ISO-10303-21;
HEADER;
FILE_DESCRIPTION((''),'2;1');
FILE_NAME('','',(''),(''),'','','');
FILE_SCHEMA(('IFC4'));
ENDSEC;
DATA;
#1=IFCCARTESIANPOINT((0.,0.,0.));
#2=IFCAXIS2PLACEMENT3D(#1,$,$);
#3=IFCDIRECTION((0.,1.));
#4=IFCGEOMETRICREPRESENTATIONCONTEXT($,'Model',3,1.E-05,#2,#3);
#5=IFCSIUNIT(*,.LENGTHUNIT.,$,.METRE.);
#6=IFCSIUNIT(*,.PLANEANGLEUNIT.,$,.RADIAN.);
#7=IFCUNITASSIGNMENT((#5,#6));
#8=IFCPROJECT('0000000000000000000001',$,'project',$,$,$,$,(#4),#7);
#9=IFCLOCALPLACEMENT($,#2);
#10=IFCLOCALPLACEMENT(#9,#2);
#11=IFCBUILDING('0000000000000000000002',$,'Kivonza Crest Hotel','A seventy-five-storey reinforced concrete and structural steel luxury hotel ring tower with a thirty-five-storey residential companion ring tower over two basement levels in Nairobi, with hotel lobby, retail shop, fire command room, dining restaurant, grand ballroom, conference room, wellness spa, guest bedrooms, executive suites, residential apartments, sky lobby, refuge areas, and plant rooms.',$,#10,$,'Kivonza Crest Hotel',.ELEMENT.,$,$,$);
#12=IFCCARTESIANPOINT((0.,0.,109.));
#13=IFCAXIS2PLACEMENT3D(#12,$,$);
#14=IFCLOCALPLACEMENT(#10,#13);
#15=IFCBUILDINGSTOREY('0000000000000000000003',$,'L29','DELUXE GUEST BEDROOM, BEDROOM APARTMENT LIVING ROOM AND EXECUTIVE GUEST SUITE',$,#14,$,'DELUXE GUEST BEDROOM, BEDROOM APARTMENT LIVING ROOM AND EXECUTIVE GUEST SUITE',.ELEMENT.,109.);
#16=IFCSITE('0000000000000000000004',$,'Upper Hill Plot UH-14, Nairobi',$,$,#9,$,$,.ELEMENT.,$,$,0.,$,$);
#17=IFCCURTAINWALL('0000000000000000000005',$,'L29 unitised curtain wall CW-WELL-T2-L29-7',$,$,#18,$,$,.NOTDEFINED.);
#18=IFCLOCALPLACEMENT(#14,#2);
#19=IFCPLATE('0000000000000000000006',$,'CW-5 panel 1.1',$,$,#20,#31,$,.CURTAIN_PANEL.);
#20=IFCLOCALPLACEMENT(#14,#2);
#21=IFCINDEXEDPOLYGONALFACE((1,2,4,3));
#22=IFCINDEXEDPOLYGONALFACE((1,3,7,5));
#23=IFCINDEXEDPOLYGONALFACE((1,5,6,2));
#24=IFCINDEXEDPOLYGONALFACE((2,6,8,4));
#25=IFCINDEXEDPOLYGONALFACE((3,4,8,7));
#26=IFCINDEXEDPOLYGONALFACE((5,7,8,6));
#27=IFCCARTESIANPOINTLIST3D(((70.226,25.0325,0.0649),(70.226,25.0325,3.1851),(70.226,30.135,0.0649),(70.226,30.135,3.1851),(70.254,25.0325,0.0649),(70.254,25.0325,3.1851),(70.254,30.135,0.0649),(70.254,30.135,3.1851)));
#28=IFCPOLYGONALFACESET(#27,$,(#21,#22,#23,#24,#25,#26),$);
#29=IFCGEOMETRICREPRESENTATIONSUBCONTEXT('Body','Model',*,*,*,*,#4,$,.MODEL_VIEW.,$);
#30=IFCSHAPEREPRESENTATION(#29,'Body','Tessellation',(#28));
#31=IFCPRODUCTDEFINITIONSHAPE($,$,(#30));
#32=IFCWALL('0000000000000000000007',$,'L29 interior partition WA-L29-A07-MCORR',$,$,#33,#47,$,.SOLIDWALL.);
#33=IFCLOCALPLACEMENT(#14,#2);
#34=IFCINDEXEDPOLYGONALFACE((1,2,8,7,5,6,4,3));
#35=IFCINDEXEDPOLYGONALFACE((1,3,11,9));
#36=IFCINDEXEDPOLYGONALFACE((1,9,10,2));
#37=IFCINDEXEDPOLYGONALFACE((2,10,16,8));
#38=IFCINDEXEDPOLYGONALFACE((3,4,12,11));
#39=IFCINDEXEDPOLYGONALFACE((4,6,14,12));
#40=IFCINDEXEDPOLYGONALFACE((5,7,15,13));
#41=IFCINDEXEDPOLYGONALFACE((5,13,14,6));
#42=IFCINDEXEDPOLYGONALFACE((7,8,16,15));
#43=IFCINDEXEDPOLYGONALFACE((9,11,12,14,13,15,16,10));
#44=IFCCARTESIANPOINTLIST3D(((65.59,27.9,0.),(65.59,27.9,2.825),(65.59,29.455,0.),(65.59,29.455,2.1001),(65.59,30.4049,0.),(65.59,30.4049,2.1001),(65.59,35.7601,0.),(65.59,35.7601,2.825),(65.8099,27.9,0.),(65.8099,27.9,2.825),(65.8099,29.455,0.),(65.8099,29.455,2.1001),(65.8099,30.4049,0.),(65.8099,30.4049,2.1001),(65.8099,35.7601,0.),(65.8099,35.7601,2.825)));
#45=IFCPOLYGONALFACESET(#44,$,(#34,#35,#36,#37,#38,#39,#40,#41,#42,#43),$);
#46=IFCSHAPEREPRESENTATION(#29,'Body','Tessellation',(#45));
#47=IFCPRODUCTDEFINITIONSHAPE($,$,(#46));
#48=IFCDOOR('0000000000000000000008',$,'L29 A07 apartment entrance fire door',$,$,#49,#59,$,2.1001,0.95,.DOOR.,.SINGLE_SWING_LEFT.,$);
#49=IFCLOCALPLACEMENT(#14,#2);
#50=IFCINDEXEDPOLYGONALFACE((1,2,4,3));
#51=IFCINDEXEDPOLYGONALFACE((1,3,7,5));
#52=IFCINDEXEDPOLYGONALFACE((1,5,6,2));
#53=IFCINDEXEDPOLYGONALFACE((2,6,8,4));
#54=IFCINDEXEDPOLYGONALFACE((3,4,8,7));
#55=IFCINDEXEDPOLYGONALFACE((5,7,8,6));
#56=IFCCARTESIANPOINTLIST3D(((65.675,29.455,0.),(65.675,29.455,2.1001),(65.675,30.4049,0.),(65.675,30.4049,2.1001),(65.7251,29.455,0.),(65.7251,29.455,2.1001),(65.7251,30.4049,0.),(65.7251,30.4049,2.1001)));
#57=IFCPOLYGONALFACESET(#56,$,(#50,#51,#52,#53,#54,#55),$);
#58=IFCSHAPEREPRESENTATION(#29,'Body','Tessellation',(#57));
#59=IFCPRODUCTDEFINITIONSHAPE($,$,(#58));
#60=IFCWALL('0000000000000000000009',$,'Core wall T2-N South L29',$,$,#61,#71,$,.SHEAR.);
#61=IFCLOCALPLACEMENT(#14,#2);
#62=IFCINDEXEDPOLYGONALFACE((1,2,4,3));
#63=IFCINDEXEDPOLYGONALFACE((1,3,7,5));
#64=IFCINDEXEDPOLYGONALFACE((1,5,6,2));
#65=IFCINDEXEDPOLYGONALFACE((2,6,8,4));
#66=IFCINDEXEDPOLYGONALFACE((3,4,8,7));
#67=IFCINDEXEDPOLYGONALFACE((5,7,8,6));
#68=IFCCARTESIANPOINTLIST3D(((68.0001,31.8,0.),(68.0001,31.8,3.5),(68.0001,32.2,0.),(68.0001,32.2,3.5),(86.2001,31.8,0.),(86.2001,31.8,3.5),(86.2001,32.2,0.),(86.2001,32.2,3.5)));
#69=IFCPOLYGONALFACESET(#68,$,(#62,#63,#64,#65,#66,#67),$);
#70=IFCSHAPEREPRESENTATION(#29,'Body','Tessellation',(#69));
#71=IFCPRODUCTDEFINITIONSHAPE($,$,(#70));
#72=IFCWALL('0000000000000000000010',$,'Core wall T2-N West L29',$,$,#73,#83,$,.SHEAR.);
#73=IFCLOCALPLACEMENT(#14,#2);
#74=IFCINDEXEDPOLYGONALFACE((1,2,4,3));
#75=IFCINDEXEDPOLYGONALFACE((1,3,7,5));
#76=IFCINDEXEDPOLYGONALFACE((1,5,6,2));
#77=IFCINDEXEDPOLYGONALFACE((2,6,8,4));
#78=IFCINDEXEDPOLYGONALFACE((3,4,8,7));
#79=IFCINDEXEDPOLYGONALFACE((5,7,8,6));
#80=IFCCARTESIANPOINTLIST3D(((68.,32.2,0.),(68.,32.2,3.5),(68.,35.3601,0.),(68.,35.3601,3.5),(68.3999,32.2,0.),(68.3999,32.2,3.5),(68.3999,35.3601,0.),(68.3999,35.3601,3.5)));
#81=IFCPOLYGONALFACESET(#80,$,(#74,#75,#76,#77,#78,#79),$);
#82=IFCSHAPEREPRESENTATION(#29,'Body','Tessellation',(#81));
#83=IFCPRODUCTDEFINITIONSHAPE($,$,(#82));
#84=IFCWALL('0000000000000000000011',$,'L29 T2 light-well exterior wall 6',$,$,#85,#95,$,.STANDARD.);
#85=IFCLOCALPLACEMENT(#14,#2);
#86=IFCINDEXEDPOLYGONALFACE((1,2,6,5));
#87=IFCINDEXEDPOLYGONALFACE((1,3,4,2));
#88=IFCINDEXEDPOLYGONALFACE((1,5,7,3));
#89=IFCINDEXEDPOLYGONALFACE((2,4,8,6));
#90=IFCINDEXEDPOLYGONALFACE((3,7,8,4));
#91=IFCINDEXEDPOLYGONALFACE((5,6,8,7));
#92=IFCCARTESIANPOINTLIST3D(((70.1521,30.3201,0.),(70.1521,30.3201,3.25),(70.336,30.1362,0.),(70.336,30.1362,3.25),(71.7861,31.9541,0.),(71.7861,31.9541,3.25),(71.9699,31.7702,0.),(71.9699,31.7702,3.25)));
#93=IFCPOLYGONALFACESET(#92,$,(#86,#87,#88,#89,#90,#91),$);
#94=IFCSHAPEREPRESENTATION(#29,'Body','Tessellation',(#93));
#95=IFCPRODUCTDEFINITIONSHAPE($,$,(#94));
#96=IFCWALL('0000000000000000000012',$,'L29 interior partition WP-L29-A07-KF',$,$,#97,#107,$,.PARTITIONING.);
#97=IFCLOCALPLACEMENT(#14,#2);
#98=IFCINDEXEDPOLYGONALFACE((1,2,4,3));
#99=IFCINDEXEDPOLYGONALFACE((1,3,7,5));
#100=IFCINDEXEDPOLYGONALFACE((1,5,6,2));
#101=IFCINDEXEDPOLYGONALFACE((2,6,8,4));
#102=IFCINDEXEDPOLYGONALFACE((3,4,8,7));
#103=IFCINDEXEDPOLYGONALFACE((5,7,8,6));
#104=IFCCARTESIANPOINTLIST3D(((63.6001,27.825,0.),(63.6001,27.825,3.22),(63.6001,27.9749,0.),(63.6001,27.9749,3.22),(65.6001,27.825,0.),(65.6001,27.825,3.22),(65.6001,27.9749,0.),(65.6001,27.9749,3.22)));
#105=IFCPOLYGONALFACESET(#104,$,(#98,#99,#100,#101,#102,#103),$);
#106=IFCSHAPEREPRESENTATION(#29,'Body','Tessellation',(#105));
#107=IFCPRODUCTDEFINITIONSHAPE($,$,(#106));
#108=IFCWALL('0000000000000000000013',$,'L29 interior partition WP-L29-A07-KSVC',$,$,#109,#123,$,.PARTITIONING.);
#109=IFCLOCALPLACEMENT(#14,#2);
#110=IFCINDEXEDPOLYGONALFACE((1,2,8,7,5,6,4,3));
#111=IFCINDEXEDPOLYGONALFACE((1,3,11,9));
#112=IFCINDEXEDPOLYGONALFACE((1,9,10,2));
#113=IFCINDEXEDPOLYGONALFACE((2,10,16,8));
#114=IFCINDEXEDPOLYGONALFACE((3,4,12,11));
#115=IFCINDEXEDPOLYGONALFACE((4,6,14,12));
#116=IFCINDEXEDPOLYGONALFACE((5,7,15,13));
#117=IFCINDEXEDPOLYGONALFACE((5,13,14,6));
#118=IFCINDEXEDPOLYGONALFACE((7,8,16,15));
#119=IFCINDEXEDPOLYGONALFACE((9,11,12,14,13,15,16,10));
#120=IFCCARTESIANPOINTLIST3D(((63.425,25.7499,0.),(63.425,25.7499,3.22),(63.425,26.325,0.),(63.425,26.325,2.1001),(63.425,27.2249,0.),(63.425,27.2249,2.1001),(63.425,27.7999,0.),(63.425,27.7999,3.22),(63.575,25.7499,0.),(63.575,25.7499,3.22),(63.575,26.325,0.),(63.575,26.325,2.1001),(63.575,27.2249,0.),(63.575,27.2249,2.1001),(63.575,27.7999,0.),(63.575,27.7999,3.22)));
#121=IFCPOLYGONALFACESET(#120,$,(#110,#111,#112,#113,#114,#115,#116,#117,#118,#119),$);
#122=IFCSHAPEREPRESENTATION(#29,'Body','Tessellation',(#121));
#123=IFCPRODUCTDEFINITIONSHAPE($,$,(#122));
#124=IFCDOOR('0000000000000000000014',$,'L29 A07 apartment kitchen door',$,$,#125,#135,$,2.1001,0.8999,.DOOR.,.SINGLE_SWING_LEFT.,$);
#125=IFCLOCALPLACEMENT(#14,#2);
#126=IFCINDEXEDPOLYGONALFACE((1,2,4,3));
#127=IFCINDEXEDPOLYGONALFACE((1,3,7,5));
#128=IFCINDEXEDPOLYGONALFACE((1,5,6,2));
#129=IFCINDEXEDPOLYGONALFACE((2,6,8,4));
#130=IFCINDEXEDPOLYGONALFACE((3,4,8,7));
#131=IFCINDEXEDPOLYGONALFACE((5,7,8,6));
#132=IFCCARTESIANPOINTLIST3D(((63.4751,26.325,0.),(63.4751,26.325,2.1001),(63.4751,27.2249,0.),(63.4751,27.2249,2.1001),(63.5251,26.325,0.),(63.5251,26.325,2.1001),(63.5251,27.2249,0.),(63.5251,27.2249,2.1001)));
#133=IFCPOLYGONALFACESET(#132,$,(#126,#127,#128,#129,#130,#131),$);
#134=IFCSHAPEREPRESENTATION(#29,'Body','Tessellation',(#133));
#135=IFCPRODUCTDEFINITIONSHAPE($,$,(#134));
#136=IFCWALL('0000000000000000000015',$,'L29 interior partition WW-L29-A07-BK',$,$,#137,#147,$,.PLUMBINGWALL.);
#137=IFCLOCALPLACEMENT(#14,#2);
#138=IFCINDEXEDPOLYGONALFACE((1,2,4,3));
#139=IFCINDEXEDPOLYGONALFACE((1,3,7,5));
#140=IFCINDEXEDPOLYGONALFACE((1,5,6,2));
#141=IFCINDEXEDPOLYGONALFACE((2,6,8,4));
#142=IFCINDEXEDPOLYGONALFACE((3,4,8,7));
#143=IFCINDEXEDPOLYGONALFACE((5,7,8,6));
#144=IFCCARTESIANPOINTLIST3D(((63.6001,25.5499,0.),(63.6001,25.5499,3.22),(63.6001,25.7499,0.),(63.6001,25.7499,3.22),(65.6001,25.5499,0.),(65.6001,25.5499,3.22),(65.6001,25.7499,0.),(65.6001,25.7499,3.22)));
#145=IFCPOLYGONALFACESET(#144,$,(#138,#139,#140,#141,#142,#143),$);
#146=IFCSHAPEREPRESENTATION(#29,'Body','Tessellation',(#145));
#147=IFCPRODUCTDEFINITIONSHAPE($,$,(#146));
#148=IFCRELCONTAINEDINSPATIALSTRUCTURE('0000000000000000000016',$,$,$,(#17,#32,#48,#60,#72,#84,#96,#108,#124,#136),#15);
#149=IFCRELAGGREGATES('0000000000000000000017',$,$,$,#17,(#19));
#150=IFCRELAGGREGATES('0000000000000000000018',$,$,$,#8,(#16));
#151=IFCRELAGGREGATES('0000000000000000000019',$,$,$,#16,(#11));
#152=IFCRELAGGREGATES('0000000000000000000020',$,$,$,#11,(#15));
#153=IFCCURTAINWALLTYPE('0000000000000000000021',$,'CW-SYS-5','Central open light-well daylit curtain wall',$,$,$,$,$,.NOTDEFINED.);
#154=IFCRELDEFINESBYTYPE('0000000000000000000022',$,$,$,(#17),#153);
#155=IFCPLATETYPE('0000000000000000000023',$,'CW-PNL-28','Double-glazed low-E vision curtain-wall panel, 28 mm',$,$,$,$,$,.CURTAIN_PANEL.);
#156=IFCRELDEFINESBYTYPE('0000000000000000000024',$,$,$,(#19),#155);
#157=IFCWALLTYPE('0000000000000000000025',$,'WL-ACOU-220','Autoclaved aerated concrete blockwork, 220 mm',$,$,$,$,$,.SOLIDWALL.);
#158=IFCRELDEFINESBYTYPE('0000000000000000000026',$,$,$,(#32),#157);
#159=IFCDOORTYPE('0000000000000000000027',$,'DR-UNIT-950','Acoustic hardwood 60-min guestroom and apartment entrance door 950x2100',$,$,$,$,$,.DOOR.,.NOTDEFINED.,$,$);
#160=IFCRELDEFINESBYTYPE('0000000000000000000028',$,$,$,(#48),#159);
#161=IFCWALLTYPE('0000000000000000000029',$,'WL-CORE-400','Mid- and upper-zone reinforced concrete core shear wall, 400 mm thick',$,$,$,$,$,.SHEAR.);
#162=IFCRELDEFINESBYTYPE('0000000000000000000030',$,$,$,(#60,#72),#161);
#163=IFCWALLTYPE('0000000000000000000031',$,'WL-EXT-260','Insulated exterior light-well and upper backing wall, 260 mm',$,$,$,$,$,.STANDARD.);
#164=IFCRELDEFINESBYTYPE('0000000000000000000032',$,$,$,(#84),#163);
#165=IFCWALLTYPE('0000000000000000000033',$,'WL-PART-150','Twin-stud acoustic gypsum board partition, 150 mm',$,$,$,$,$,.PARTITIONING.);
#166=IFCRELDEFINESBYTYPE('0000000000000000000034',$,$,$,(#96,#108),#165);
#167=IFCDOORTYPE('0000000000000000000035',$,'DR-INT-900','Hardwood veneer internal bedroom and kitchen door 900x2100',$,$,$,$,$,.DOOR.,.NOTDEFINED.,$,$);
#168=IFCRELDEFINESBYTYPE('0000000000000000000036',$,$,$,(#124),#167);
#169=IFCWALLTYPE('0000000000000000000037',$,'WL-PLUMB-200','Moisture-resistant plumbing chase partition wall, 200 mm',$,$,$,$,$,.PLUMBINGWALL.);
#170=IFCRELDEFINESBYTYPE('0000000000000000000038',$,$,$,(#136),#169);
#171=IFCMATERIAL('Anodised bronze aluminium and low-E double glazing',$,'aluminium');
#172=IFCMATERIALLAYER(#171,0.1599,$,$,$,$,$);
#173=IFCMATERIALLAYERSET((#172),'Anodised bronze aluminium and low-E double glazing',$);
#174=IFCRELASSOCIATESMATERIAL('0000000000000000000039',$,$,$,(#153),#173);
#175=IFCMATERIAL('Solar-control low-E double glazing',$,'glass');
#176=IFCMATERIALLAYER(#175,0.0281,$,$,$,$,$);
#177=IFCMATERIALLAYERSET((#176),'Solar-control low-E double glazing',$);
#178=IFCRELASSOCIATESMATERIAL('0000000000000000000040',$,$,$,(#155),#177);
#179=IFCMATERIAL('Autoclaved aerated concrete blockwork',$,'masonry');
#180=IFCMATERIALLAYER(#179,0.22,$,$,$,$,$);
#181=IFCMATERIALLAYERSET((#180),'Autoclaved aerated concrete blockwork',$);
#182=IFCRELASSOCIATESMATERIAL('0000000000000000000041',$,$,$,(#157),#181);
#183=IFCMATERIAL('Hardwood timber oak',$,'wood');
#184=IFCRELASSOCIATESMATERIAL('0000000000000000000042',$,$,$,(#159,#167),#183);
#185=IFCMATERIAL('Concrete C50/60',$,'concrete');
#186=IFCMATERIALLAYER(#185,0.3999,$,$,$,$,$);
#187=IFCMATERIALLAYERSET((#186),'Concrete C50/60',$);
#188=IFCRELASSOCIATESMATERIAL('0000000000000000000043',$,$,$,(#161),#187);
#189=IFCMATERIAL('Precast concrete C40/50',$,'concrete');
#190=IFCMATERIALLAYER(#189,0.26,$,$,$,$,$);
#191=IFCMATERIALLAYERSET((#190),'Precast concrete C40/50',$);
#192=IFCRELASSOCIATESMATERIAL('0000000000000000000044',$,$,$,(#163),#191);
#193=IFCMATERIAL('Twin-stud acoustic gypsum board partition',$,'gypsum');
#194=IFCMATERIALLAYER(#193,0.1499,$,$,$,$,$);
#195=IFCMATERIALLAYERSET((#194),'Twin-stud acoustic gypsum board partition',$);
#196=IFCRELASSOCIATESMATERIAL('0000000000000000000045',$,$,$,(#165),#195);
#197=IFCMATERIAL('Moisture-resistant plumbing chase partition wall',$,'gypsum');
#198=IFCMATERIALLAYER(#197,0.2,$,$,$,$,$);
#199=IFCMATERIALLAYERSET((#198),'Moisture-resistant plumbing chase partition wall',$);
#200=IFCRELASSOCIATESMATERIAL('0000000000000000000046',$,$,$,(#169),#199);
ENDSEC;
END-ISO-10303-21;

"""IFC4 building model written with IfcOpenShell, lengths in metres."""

from ifc_helpers import new_model, si_unit, direction, frame, frame_2d, origin, origin_2d, place, context, subcontext, project, spatial, rectangle, extrude, material, layer, layer_set, type_object, element, fill, aggregate, save


model = new_model("IFC4")

# Units and contexts
model_context = context("Model", 3, precision=1e-05, world=origin(), true_north=direction((0.0, 1.0)))
body_context = subcontext(model_context, "Body", "Model", "MODEL_VIEW")
ifc_project = project(units=[si_unit("LENGTHUNIT", "METRE"), si_unit("PLANEANGLEUNIT", "RADIAN")], contexts=[model_context])

# Site, building, storey
site_placement = place(None, origin())
site = spatial("IfcSite", under=ifc_project, at=site_placement, Name="Upper Hill Plot UH-14, Nairobi", CompositionType="ELEMENT", RefElevation=0.0)
building_placement = place(site_placement, origin())
building = spatial("IfcBuilding", under=site, at=building_placement, Name="Kivonza Crest Hotel", Description="A seventy-five-storey reinforced concrete and structural steel luxury hotel ring tower with a thirty-five-storey residential companion ring tower over two basement levels in Nairobi, with hotel lobby, retail shop, fire command room, dining restaurant, grand ballroom, conference room, wellness spa, guest bedrooms, executive suites, residential apartments, sky lobby, refuge areas, and plant rooms.", LongName="Kivonza Crest Hotel", CompositionType="ELEMENT")
storey_placement = place(building_placement, frame((0.0, 0.0, 109.0)))
storey = spatial("IfcBuildingStorey", under=building, at=storey_placement, Name="L29", Description="DELUXE GUEST BEDROOM, BEDROOM APARTMENT LIVING ROOM AND EXECUTIVE GUEST SUITE", LongName="DELUXE GUEST BEDROOM, BEDROOM APARTMENT LIVING ROOM AND EXECUTIVE GUEST SUITE", CompositionType="ELEMENT", Elevation=109.0)

# Shared definitions
ifc_material_1 = material(Name="Concrete C50/60", Category="concrete")

# Curtain wall, plate
ifc_material_2 = material(Name="Anodised bronze aluminium and low-E double glazing", Category="aluminium")
ifc_layer_1 = layer(ifc_material_2, 0.1599)
ifc_layer_set_1 = layer_set([ifc_layer_1], Name="Anodised bronze aluminium and low-E double glazing")
curtain_wall_type = type_object("IfcCurtainWallType", Name="CW-SYS-5", Description="Central open light-well daylit curtain wall", PredefinedType="NOTDEFINED", material=ifc_layer_set_1)
curtain_wall_placement = place(storey_placement, origin())
curtain_wall = element("IfcCurtainWall", 1, at=curtain_wall_placement, inside=storey, type_object=curtain_wall_type, Name="L29 unitised curtain wall CW-WELL-T2-L29-7", PredefinedType="NOTDEFINED")
ifc_material_3 = material(Name="Solar-control low-E double glazing", Category="glass")
ifc_layer_2 = layer(ifc_material_3, 0.0281)
ifc_layer_set_2 = layer_set([ifc_layer_2], Name="Solar-control low-E double glazing")
plate_type = type_object("IfcPlateType", Name="CW-PNL-28", Description="Double-glazed low-E vision curtain-wall panel, 28 mm", PredefinedType="CURTAIN_PANEL", material=ifc_layer_set_2)
plate_placement = place(storey_placement, frame((70.24, 27.5837, 0.0649), z_axis=(0.0, 0.0, 1.0), x_axis=(0.0, -1.0, 0.0)))
plate = element("IfcPlate", 2, at=plate_placement, type_object=plate_type, Name="CW-5 panel 1.1", PredefinedType="CURTAIN_PANEL", context=body_context, shape_type="SweptSolid", body=[
    extrude(rectangle(XDim=5.1025, YDim=0.0281, at=origin_2d()), origin(), (0.0, 0.0, 1.0), 3.1201),
])
aggregate(curtain_wall, [plate])

# Wall, opening, door
ifc_material_4 = material(Name="Autoclaved aerated concrete blockwork", Category="masonry")
ifc_layer_3 = layer(ifc_material_4, 0.22)
ifc_layer_set_3 = layer_set([ifc_layer_3], Name="Autoclaved aerated concrete blockwork")
wall_type_1 = type_object("IfcWallType", Name="WL-ACOU-220", Description="Autoclaved aerated concrete blockwork, 220 mm", PredefinedType="SOLIDWALL", material=ifc_layer_set_3)
wall_1_placement = place(storey_placement, frame((65.7, 27.8999, 0.0), z_axis=(0.0, 0.0, 1.0), x_axis=(0.0, 1.0, 0.0)))
wall_1 = element("IfcWall", 3, at=wall_1_placement, inside=storey, type_object=wall_type_1, Name="L29 interior partition WA-L29-A07-MCORR", PredefinedType="SOLIDWALL", context=body_context, shape_type="SweptSolid", body=[
    extrude(rectangle(XDim=7.8601, YDim=0.22, at=frame_2d((3.9302, 0.0))), origin(), (0.0, 0.0, 1.0), 2.825),
])
opening_1_placement = place(wall_1_placement, frame((1.5549, 0.0, 0.0)))
opening_1 = element("IfcOpeningElement", 4, at=opening_1_placement, cuts=wall_1, PredefinedType="OPENING", context=body_context, shape_type="SweptSolid", body=[
    extrude(rectangle(XDim=0.95, YDim=2.1001, at=frame_2d((0.4751, 1.05))), frame((0.0, 0.1201, 0.0), z_axis=(0.0, -1.0, 0.0), x_axis=(1.0, 0.0, 0.0)), (0.0, 0.0, 1.0), 0.24),
])
ifc_material_5 = material(Name="Hardwood timber oak", Category="wood")
door_type_1 = type_object("IfcDoorType", Name="DR-UNIT-950", Description="Acoustic hardwood 60-min guestroom and apartment entrance door 950x2100", OperationType="NOTDEFINED", PredefinedType="DOOR", material=ifc_material_5)
door_1_placement = place(opening_1_placement, origin())
door_1 = element("IfcDoor", 5, at=door_1_placement, inside=storey, type_object=door_type_1, Name="L29 A07 apartment entrance fire door", OperationType="SINGLE_SWING_LEFT", OverallHeight=2.1001, OverallWidth=0.95, PredefinedType="DOOR", context=body_context, shape_type="SweptSolid", body=[
    extrude(rectangle(XDim=0.95, YDim=2.1001, at=frame_2d((0.4751, 1.05))), frame((0.0, 0.0249, 0.0), z_axis=(0.0, -1.0, 0.0), x_axis=(1.0, 0.0, 0.0)), (0.0, 0.0, 1.0), 0.05),
])
fill(opening_1, door_1)

# Walls
ifc_layer_4 = layer(ifc_material_1, 0.3999)
ifc_layer_set_4 = layer_set([ifc_layer_4], Name="Concrete C50/60")
wall_type_2 = type_object("IfcWallType", Name="WL-CORE-400", Description="Mid- and upper-zone reinforced concrete core shear wall, 400 mm thick", PredefinedType="SHEAR", material=ifc_layer_set_4)
wall_2_placement = place(storey_placement, frame((68.0, 32.0, 0.0), z_axis=(0.0, 0.0, 1.0), x_axis=(1.0, 0.0, 0.0)))
element("IfcWall", 6, at=wall_2_placement, inside=storey, type_object=wall_type_2, Name="Core wall T2-N South L29", PredefinedType="SHEAR", context=body_context, shape_type="SweptSolid", body=[
    extrude(rectangle(XDim=18.2, YDim=0.3999, at=frame_2d((9.1001, 0.0))), origin(), (0.0, 0.0, 1.0), 3.5),
])
wall_3_placement = place(storey_placement, frame((68.2, 32.2, 0.0), z_axis=(0.0, 0.0, 1.0), x_axis=(0.0, 1.0, 0.0)))
element("IfcWall", 7, at=wall_3_placement, inside=storey, type_object=wall_type_2, Name="Core wall T2-N West L29", PredefinedType="SHEAR", context=body_context, shape_type="SweptSolid", body=[
    extrude(rectangle(XDim=3.1602, YDim=0.3999, at=frame_2d((1.5801, 0.0))), origin(), (0.0, 0.0, 1.0), 3.5),
])
ifc_material_6 = material(Name="Precast concrete C40/50", Category="concrete")
ifc_layer_5 = layer(ifc_material_6, 0.26)
ifc_layer_set_5 = layer_set([ifc_layer_5], Name="Precast concrete C40/50")
wall_type_3 = type_object("IfcWallType", Name="WL-EXT-260", Description="Insulated exterior light-well and upper backing wall, 260 mm", PredefinedType="STANDARD", material=ifc_layer_set_5)
wall_4_placement = place(storey_placement, frame((71.8779, 31.8621, 0.0), z_axis=(0.0, 0.0, 1.0), x_axis=(-0.707107, -0.707107, 0.0)))
element("IfcWall", 8, at=wall_4_placement, inside=storey, type_object=wall_type_3, Name="L29 T2 light-well exterior wall 6", PredefinedType="STANDARD", context=body_context, shape_type="SweptSolid", body=[
    extrude(rectangle(XDim=2.3108, YDim=0.26, at=frame_2d((1.1553, 0.0))), origin(), (0.0, 0.0, 1.0), 3.25),
])
ifc_material_7 = material(Name="Twin-stud acoustic gypsum board partition", Category="gypsum")
ifc_layer_6 = layer(ifc_material_7, 0.1499)
ifc_layer_set_6 = layer_set([ifc_layer_6], Name="Twin-stud acoustic gypsum board partition")
wall_type_4 = type_object("IfcWallType", Name="WL-PART-150", Description="Twin-stud acoustic gypsum board partition, 150 mm", PredefinedType="PARTITIONING", material=ifc_layer_set_6)
wall_5_placement = place(storey_placement, frame((63.6001, 27.8999, 0.0), z_axis=(0.0, 0.0, 1.0), x_axis=(1.0, 0.0, 0.0)))
element("IfcWall", 9, at=wall_5_placement, inside=storey, type_object=wall_type_4, Name="L29 interior partition WP-L29-A07-KF", PredefinedType="PARTITIONING", context=body_context, shape_type="SweptSolid", body=[
    extrude(rectangle(XDim=2.0, YDim=0.1499, at=frame_2d((1.0, 0.0))), origin(), (0.0, 0.0, 1.0), 3.22),
])

# Wall, opening, door
wall_6_placement = place(storey_placement, frame((63.5, 25.75, 0.0), z_axis=(0.0, 0.0, 1.0), x_axis=(0.0, 1.0, 0.0)))
wall_6 = element("IfcWall", 10, at=wall_6_placement, inside=storey, type_object=wall_type_4, Name="L29 interior partition WP-L29-A07-KSVC", PredefinedType="PARTITIONING", context=body_context, shape_type="SweptSolid", body=[
    extrude(rectangle(XDim=2.05, YDim=0.1499, at=frame_2d((1.0249, 0.0))), origin(), (0.0, 0.0, 1.0), 3.22),
])
opening_2_placement = place(wall_6_placement, frame((0.575, 0.0, 0.0)))
opening_2 = element("IfcOpeningElement", 11, at=opening_2_placement, cuts=wall_6, PredefinedType="OPENING", context=body_context, shape_type="SweptSolid", body=[
    extrude(rectangle(XDim=0.8999, YDim=2.1001, at=frame_2d((0.45, 1.05))), frame((0.0, 0.085, 0.0), z_axis=(0.0, -1.0, 0.0), x_axis=(1.0, 0.0, 0.0)), (0.0, 0.0, 1.0), 0.1699),
])
door_type_2 = type_object("IfcDoorType", Name="DR-INT-900", Description="Hardwood veneer internal bedroom and kitchen door 900x2100", OperationType="NOTDEFINED", PredefinedType="DOOR", material=ifc_material_5)
door_2_placement = place(opening_2_placement, origin())
door_2 = element("IfcDoor", 12, at=door_2_placement, inside=storey, type_object=door_type_2, Name="L29 A07 apartment kitchen door", OperationType="SINGLE_SWING_LEFT", OverallHeight=2.1001, OverallWidth=0.8999, PredefinedType="DOOR", context=body_context, shape_type="SweptSolid", body=[
    extrude(rectangle(XDim=0.8999, YDim=2.1001, at=frame_2d((0.45, 1.05))), frame((0.0, 0.0249, 0.0), z_axis=(0.0, -1.0, 0.0), x_axis=(1.0, 0.0, 0.0)), (0.0, 0.0, 1.0), 0.05),
])
fill(opening_2, door_2)

# Wall
ifc_material_8 = material(Name="Moisture-resistant plumbing chase partition wall", Category="gypsum")
ifc_layer_7 = layer(ifc_material_8, 0.2)
ifc_layer_set_7 = layer_set([ifc_layer_7], Name="Moisture-resistant plumbing chase partition wall")
wall_type_5 = type_object("IfcWallType", Name="WL-PLUMB-200", Description="Moisture-resistant plumbing chase partition wall, 200 mm", PredefinedType="PLUMBINGWALL", material=ifc_layer_set_7)
wall_7_placement = place(storey_placement, frame((63.6001, 25.6499, 0.0), z_axis=(0.0, 0.0, 1.0), x_axis=(1.0, 0.0, 0.0)))
element("IfcWall", 13, at=wall_7_placement, inside=storey, type_object=wall_type_5, Name="L29 interior partition WW-L29-A07-BK", PredefinedType="PLUMBINGWALL", context=body_context, shape_type="SweptSolid", body=[
    extrude(rectangle(XDim=2.0, YDim=0.2, at=frame_2d((1.0, 0.0))), origin(), (0.0, 0.0, 1.0), 3.22),
])

save(model, "model.ifc")
